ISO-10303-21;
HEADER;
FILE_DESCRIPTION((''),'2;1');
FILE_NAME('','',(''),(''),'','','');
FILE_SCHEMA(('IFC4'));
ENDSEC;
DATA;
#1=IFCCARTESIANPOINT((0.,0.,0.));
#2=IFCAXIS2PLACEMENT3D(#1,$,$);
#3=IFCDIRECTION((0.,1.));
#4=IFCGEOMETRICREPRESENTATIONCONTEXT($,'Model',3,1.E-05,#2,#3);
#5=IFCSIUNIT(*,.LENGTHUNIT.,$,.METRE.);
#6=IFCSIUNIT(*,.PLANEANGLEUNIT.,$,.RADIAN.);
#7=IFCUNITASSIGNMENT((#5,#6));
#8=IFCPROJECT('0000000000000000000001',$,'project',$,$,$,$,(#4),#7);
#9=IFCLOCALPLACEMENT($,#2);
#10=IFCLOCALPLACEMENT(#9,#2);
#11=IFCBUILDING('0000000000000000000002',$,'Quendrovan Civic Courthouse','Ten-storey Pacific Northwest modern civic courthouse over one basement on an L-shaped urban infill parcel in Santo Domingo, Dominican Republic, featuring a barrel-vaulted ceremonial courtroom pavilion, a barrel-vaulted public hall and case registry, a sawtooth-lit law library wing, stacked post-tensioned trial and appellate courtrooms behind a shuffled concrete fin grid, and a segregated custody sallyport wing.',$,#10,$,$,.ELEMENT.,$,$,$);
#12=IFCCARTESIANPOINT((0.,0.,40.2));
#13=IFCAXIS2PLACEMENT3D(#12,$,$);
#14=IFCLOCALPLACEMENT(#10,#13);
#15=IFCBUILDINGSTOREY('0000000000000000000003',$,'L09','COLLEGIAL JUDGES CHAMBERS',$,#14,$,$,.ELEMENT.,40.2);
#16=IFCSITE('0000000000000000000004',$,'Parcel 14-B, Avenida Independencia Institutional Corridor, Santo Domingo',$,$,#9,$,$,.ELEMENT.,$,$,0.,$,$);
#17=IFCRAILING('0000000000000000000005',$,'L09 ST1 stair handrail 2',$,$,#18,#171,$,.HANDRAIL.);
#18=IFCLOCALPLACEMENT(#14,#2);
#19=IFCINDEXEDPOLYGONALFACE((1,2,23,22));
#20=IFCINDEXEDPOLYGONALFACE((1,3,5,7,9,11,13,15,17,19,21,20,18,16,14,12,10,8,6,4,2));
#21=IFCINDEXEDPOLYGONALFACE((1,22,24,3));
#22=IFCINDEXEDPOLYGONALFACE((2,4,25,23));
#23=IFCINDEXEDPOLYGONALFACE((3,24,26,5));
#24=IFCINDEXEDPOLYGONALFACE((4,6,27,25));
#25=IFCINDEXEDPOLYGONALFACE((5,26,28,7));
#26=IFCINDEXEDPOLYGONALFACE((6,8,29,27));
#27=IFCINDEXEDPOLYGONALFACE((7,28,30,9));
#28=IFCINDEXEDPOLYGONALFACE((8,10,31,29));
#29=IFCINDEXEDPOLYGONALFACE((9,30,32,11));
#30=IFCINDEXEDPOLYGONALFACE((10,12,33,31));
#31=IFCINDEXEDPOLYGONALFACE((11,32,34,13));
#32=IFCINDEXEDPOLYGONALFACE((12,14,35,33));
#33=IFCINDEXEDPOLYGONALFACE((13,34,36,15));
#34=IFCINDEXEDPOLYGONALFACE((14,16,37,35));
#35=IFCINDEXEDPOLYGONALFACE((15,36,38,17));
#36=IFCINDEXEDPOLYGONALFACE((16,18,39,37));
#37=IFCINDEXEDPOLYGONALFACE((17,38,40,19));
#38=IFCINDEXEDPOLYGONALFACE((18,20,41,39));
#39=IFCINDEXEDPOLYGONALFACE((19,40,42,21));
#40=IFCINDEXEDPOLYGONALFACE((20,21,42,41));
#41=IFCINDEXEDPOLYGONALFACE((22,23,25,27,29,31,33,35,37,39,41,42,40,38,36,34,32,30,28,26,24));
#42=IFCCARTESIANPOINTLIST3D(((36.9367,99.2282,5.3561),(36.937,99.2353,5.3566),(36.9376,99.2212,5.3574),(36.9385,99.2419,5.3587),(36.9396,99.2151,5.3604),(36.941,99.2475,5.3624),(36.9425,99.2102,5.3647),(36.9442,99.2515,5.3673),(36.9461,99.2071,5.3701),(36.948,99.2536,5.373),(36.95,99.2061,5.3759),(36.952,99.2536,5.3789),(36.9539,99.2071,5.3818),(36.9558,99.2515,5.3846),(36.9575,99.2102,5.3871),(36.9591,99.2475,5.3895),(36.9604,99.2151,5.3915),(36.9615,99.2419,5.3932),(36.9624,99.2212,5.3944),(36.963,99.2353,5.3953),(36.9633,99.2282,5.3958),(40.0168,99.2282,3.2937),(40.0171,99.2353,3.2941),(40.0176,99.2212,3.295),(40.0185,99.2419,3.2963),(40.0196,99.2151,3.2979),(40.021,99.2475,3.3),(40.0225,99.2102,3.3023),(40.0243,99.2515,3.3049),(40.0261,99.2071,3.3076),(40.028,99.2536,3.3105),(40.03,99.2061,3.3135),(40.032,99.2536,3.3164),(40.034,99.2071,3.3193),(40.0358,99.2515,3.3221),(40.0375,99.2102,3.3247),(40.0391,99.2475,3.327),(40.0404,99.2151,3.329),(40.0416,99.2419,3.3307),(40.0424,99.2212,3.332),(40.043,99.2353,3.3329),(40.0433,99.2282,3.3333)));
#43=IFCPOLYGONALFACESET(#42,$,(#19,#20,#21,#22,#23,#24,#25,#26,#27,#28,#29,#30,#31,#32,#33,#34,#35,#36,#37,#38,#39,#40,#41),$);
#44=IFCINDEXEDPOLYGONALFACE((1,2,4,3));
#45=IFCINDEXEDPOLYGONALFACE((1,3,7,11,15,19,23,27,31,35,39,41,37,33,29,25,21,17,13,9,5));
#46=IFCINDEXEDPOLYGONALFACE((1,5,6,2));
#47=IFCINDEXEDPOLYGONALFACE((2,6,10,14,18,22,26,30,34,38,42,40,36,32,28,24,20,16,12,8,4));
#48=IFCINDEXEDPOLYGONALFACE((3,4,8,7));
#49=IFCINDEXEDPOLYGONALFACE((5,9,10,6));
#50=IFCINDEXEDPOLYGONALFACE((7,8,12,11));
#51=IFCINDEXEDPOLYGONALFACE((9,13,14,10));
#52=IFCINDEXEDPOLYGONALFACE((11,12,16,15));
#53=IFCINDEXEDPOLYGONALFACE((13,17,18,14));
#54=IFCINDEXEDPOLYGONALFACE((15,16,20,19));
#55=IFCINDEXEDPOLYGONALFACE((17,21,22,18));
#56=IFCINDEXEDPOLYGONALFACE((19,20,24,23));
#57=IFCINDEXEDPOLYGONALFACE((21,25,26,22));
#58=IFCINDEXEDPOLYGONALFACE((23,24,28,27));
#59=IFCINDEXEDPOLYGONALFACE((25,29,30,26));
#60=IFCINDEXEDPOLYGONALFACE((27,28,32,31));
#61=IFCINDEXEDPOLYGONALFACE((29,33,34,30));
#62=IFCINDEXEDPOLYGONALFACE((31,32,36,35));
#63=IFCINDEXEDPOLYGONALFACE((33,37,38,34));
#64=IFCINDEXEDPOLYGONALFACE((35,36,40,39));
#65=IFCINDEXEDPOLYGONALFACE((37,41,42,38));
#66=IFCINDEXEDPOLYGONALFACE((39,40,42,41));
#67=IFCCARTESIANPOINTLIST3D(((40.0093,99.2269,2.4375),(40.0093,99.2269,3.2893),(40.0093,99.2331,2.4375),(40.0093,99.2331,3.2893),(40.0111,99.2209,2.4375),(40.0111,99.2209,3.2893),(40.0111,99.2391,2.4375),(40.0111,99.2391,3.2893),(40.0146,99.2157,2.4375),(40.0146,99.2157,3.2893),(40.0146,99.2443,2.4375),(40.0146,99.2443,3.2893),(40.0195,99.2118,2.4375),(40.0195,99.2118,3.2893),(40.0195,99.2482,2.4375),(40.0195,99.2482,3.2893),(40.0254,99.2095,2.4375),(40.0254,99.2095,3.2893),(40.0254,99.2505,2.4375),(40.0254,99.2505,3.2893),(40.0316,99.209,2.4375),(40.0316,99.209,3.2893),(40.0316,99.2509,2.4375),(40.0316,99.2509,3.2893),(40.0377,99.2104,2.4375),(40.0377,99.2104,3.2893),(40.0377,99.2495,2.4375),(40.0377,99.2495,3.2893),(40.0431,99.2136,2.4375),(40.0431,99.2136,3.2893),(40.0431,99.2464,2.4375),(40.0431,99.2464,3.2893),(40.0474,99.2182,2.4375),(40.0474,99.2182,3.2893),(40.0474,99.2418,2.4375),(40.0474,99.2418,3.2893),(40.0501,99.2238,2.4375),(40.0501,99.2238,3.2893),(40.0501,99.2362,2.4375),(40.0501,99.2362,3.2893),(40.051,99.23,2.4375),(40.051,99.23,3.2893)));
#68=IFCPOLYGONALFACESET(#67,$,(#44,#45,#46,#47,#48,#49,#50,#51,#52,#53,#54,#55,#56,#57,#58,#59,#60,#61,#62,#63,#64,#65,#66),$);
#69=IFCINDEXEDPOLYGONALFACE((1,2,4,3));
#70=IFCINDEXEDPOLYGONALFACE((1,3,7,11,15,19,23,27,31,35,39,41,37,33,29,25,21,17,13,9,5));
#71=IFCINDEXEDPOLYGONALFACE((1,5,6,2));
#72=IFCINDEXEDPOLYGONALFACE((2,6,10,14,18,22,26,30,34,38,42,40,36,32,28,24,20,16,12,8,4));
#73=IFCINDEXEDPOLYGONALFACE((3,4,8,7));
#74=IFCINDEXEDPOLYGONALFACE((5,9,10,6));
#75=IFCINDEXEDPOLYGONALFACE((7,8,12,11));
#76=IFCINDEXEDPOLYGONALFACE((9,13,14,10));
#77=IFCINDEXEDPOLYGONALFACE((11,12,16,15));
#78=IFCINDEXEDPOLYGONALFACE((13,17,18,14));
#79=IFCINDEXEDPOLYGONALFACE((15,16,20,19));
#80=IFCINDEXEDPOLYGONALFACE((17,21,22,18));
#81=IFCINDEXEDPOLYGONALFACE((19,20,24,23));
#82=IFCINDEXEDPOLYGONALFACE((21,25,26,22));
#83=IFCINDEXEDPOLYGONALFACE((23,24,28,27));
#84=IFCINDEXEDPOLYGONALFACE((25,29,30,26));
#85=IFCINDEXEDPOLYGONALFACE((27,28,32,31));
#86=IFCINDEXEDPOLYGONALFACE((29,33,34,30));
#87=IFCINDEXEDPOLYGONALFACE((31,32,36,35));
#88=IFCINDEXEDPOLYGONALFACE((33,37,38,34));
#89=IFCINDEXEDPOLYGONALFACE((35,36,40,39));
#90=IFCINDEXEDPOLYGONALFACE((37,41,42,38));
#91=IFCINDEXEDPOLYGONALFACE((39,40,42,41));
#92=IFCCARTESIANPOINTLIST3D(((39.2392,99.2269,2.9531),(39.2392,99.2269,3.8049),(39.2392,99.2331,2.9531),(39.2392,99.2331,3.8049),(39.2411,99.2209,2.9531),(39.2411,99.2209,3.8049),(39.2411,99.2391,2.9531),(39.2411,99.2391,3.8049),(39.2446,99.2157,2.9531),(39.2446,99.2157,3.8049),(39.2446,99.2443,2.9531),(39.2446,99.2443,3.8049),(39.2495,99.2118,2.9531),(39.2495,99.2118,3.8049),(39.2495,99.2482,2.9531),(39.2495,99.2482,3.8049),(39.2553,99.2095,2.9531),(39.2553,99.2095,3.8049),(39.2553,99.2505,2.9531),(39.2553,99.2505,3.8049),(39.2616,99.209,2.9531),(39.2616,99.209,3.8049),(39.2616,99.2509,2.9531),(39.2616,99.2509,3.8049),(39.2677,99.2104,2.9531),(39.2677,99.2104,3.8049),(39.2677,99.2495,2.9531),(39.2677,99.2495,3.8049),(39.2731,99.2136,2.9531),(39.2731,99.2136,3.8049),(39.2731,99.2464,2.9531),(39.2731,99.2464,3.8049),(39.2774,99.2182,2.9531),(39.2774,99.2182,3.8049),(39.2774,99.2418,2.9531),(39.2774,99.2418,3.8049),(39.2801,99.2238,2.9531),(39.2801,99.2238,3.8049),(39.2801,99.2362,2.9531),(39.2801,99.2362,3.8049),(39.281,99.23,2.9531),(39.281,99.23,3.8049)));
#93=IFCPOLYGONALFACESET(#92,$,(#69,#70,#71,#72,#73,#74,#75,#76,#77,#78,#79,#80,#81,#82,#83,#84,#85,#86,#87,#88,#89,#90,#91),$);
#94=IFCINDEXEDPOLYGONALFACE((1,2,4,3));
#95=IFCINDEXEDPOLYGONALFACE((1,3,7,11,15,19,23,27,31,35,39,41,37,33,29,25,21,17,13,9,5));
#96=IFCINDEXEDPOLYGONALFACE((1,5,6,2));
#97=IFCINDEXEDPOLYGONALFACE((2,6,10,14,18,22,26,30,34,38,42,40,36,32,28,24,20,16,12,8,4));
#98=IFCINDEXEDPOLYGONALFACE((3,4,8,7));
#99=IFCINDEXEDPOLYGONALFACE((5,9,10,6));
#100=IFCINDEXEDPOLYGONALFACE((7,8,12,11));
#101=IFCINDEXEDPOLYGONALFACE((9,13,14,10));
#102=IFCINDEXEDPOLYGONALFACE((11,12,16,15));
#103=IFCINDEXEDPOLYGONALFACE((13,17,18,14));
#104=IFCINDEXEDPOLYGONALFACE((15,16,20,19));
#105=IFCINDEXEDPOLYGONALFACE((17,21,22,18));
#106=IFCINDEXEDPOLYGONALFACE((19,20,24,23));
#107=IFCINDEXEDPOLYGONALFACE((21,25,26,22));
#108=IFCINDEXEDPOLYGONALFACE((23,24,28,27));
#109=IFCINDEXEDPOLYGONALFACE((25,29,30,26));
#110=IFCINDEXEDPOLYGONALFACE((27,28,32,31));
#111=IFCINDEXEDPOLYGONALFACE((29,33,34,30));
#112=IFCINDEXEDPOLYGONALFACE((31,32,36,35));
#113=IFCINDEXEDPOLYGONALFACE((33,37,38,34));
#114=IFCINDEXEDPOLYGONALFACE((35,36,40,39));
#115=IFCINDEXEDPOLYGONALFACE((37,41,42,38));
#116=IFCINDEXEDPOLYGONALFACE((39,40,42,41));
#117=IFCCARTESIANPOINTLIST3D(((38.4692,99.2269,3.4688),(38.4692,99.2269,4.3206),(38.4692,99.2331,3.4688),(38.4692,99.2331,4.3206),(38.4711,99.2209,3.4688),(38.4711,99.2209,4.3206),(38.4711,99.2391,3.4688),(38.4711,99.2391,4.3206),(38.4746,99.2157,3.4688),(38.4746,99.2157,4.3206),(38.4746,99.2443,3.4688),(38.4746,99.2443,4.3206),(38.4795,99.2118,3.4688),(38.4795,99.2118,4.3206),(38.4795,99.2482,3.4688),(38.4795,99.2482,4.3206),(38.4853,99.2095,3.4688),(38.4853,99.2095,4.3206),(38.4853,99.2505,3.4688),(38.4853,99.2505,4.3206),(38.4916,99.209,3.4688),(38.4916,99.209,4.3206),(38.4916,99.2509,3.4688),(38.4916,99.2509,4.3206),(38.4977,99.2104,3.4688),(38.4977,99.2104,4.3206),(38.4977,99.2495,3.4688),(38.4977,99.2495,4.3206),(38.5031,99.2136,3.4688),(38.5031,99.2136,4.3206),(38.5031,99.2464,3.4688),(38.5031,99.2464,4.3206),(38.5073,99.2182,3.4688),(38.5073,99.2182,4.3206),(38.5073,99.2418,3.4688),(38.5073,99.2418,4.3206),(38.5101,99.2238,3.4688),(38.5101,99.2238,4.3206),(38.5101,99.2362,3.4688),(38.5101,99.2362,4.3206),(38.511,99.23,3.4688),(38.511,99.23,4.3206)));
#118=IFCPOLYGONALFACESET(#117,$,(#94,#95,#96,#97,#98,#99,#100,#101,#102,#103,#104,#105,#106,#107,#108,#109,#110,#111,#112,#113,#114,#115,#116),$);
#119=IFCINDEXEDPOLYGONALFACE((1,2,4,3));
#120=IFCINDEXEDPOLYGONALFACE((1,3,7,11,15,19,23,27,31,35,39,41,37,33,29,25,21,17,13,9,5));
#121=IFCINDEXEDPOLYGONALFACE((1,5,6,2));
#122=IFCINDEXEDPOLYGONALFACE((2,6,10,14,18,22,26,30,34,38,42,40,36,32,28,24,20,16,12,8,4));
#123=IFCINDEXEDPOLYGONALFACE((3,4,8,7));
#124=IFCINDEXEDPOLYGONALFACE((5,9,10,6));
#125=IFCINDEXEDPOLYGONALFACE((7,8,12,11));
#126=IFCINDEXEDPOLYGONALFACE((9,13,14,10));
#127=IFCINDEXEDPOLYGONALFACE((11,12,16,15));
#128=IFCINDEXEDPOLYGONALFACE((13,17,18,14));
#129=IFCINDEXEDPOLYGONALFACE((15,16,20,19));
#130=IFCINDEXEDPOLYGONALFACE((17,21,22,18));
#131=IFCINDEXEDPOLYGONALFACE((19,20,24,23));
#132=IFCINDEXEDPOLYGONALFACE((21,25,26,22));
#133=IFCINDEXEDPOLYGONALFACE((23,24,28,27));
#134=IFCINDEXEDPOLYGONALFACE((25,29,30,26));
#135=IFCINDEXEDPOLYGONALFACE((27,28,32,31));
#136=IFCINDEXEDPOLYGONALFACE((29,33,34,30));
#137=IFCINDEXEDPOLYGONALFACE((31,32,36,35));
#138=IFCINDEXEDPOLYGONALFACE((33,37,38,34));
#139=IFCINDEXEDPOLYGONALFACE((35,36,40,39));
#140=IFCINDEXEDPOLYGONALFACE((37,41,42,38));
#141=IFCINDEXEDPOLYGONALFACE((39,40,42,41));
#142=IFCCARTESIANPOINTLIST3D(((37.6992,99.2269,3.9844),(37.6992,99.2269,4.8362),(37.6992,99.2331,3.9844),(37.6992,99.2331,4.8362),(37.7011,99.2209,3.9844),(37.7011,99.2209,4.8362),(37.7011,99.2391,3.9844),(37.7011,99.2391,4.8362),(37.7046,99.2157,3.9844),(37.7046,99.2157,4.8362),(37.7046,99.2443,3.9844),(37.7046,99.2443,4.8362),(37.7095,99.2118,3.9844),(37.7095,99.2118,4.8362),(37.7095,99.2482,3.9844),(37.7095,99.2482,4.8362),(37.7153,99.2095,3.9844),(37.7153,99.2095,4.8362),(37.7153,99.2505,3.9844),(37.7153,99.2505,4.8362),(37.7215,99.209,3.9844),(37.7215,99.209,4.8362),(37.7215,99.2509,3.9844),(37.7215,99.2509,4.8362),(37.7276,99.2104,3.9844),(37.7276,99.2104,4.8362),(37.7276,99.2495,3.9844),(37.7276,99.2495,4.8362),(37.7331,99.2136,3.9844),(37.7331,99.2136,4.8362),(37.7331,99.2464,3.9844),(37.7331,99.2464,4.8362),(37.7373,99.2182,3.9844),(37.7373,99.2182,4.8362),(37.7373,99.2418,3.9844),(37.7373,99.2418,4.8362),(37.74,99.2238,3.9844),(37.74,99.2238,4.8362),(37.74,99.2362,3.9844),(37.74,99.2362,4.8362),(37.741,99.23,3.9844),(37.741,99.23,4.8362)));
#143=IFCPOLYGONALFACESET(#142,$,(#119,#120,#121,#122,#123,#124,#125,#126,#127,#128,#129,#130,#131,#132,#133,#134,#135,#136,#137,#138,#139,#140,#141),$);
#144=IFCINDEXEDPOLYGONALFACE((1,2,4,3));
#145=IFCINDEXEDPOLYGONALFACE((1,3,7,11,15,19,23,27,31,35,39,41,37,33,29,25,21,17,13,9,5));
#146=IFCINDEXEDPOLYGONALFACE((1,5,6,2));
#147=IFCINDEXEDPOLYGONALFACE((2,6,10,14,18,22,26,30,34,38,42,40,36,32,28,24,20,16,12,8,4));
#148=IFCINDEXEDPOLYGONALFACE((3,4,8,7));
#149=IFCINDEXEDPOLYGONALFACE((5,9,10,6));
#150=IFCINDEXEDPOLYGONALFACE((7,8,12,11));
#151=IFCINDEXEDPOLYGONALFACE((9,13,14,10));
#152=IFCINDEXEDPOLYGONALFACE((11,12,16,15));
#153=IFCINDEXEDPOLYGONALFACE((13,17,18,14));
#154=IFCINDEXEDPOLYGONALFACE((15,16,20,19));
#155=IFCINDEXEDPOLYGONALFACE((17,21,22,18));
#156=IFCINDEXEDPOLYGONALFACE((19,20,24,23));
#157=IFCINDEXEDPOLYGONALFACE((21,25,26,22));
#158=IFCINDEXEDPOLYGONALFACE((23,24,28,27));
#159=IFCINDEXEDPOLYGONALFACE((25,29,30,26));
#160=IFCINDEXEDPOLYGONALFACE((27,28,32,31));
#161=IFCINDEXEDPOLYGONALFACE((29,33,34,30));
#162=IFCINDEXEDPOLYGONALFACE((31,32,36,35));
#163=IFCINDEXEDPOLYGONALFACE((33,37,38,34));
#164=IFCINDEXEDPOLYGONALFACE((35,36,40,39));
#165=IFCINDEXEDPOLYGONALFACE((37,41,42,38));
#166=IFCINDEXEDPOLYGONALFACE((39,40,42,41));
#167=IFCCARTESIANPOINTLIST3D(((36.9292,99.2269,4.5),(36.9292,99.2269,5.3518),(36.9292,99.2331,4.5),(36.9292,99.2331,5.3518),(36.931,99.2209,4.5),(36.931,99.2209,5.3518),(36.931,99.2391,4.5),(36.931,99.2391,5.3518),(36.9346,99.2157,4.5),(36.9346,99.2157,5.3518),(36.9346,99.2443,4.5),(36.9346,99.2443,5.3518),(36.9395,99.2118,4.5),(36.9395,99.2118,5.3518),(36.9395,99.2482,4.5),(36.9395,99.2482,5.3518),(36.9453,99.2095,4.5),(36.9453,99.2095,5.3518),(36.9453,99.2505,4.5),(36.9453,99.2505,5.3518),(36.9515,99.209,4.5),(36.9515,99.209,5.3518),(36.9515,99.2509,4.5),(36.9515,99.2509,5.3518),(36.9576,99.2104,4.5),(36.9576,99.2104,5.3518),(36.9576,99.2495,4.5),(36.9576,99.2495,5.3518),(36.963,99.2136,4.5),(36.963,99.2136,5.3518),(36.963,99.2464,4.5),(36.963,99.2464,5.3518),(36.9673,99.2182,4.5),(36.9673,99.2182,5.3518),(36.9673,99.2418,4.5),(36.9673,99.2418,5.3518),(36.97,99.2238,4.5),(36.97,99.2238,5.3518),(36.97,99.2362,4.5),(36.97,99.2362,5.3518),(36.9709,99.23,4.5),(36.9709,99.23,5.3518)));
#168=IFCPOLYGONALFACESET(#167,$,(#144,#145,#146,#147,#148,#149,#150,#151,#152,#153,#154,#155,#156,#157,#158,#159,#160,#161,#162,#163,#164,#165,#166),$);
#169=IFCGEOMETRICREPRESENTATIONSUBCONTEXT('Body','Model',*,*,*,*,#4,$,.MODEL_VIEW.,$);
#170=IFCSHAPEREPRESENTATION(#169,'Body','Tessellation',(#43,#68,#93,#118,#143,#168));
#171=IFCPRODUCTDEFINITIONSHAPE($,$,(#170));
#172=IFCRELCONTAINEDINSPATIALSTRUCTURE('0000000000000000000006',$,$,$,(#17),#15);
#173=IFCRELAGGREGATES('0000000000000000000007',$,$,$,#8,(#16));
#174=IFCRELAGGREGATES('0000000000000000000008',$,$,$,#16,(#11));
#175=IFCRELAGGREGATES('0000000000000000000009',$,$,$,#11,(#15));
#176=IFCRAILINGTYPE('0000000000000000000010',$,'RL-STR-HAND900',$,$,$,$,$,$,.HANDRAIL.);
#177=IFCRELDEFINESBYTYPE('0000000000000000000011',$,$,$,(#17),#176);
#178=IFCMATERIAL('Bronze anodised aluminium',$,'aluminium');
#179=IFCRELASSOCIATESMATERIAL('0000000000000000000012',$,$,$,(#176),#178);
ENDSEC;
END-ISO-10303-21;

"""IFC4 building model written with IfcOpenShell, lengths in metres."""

from ifc_helpers import new_model, si_unit, direction, frame, origin, origin_2d, place, context, subcontext, project, spatial, circle, extrude, material, type_object, element, save


model = new_model("IFC4")

# Units and contexts
model_context = context("Model", 3, precision=1e-05, world=origin(), true_north=direction((0.0, 1.0)))
body_context = subcontext(model_context, "Body", "Model", "MODEL_VIEW")
ifc_project = project(units=[si_unit("LENGTHUNIT", "METRE"), si_unit("PLANEANGLEUNIT", "RADIAN")], contexts=[model_context])

# Site, building, storey
site_placement = place(None, origin())
site = spatial("IfcSite", under=ifc_project, at=site_placement, Name="Parcel 14-B, Avenida Independencia Institutional Corridor, Santo Domingo", CompositionType="ELEMENT", RefElevation=0.0)
building_placement = place(site_placement, origin())
building = spatial("IfcBuilding", under=site, at=building_placement, Name="Quendrovan Civic Courthouse", Description="Ten-storey Pacific Northwest modern civic courthouse over one basement on an L-shaped urban infill parcel in Santo Domingo, Dominican Republic, featuring a barrel-vaulted ceremonial courtroom pavilion, a barrel-vaulted public hall and case registry, a sawtooth-lit law library wing, stacked post-tensioned trial and appellate courtrooms behind a shuffled concrete fin grid, and a segregated custody sallyport wing.", CompositionType="ELEMENT")
storey_placement = place(building_placement, frame((0.0, 0.0, 40.2)))
storey = spatial("IfcBuildingStorey", under=building, at=storey_placement, Name="L09", Description="COLLEGIAL JUDGES CHAMBERS", CompositionType="ELEMENT", Elevation=40.2)

# Railing
ifc_material_1 = material(Name="Bronze anodised aluminium", Category="aluminium")
railing_type_1 = type_object("IfcRailingType", Name="RL-STR-HAND900", PredefinedType="HANDRAIL", material=ifc_material_1)
railing_1_placement = place(storey_placement, frame((40.03, 99.23, 2.4375)))
element("IfcRailing", 1, at=railing_1_placement, inside=storey, type_object=railing_type_1, Name="L09 ST1 stair handrail 2", PredefinedType="HANDRAIL", context=body_context, shape_type="SweptSolid", body=[
    extrude(circle(Radius=0.0239, at=origin_2d()), frame((0.0, 0.0, 0.876), z_axis=(-0.830914, 0.0, 0.556401), x_axis=(0.0, -1.0, 0.0)), (0.0, 0.0, 1.0), 3.7068),
    extrude(circle(Radius=0.021, at=origin_2d()), origin(), (0.0, 0.0, 1.0), 0.8518),
    extrude(circle(Radius=0.021, at=origin_2d()), frame((-0.77, 0.0, 0.5156)), (0.0, 0.0, 1.0), 0.8518),
    extrude(circle(Radius=0.021, at=origin_2d()), frame((-1.54, 0.0, 1.0312)), (0.0, 0.0, 1.0), 0.8518),
    extrude(circle(Radius=0.021, at=origin_2d()), frame((-2.3101, 0.0, 1.5469)), (0.0, 0.0, 1.0), 0.8518),
    extrude(circle(Radius=0.021, at=origin_2d()), frame((-3.0801, 0.0, 2.0625)), (0.0, 0.0, 1.0), 0.8518),
])

save(model, "model.ifc")
